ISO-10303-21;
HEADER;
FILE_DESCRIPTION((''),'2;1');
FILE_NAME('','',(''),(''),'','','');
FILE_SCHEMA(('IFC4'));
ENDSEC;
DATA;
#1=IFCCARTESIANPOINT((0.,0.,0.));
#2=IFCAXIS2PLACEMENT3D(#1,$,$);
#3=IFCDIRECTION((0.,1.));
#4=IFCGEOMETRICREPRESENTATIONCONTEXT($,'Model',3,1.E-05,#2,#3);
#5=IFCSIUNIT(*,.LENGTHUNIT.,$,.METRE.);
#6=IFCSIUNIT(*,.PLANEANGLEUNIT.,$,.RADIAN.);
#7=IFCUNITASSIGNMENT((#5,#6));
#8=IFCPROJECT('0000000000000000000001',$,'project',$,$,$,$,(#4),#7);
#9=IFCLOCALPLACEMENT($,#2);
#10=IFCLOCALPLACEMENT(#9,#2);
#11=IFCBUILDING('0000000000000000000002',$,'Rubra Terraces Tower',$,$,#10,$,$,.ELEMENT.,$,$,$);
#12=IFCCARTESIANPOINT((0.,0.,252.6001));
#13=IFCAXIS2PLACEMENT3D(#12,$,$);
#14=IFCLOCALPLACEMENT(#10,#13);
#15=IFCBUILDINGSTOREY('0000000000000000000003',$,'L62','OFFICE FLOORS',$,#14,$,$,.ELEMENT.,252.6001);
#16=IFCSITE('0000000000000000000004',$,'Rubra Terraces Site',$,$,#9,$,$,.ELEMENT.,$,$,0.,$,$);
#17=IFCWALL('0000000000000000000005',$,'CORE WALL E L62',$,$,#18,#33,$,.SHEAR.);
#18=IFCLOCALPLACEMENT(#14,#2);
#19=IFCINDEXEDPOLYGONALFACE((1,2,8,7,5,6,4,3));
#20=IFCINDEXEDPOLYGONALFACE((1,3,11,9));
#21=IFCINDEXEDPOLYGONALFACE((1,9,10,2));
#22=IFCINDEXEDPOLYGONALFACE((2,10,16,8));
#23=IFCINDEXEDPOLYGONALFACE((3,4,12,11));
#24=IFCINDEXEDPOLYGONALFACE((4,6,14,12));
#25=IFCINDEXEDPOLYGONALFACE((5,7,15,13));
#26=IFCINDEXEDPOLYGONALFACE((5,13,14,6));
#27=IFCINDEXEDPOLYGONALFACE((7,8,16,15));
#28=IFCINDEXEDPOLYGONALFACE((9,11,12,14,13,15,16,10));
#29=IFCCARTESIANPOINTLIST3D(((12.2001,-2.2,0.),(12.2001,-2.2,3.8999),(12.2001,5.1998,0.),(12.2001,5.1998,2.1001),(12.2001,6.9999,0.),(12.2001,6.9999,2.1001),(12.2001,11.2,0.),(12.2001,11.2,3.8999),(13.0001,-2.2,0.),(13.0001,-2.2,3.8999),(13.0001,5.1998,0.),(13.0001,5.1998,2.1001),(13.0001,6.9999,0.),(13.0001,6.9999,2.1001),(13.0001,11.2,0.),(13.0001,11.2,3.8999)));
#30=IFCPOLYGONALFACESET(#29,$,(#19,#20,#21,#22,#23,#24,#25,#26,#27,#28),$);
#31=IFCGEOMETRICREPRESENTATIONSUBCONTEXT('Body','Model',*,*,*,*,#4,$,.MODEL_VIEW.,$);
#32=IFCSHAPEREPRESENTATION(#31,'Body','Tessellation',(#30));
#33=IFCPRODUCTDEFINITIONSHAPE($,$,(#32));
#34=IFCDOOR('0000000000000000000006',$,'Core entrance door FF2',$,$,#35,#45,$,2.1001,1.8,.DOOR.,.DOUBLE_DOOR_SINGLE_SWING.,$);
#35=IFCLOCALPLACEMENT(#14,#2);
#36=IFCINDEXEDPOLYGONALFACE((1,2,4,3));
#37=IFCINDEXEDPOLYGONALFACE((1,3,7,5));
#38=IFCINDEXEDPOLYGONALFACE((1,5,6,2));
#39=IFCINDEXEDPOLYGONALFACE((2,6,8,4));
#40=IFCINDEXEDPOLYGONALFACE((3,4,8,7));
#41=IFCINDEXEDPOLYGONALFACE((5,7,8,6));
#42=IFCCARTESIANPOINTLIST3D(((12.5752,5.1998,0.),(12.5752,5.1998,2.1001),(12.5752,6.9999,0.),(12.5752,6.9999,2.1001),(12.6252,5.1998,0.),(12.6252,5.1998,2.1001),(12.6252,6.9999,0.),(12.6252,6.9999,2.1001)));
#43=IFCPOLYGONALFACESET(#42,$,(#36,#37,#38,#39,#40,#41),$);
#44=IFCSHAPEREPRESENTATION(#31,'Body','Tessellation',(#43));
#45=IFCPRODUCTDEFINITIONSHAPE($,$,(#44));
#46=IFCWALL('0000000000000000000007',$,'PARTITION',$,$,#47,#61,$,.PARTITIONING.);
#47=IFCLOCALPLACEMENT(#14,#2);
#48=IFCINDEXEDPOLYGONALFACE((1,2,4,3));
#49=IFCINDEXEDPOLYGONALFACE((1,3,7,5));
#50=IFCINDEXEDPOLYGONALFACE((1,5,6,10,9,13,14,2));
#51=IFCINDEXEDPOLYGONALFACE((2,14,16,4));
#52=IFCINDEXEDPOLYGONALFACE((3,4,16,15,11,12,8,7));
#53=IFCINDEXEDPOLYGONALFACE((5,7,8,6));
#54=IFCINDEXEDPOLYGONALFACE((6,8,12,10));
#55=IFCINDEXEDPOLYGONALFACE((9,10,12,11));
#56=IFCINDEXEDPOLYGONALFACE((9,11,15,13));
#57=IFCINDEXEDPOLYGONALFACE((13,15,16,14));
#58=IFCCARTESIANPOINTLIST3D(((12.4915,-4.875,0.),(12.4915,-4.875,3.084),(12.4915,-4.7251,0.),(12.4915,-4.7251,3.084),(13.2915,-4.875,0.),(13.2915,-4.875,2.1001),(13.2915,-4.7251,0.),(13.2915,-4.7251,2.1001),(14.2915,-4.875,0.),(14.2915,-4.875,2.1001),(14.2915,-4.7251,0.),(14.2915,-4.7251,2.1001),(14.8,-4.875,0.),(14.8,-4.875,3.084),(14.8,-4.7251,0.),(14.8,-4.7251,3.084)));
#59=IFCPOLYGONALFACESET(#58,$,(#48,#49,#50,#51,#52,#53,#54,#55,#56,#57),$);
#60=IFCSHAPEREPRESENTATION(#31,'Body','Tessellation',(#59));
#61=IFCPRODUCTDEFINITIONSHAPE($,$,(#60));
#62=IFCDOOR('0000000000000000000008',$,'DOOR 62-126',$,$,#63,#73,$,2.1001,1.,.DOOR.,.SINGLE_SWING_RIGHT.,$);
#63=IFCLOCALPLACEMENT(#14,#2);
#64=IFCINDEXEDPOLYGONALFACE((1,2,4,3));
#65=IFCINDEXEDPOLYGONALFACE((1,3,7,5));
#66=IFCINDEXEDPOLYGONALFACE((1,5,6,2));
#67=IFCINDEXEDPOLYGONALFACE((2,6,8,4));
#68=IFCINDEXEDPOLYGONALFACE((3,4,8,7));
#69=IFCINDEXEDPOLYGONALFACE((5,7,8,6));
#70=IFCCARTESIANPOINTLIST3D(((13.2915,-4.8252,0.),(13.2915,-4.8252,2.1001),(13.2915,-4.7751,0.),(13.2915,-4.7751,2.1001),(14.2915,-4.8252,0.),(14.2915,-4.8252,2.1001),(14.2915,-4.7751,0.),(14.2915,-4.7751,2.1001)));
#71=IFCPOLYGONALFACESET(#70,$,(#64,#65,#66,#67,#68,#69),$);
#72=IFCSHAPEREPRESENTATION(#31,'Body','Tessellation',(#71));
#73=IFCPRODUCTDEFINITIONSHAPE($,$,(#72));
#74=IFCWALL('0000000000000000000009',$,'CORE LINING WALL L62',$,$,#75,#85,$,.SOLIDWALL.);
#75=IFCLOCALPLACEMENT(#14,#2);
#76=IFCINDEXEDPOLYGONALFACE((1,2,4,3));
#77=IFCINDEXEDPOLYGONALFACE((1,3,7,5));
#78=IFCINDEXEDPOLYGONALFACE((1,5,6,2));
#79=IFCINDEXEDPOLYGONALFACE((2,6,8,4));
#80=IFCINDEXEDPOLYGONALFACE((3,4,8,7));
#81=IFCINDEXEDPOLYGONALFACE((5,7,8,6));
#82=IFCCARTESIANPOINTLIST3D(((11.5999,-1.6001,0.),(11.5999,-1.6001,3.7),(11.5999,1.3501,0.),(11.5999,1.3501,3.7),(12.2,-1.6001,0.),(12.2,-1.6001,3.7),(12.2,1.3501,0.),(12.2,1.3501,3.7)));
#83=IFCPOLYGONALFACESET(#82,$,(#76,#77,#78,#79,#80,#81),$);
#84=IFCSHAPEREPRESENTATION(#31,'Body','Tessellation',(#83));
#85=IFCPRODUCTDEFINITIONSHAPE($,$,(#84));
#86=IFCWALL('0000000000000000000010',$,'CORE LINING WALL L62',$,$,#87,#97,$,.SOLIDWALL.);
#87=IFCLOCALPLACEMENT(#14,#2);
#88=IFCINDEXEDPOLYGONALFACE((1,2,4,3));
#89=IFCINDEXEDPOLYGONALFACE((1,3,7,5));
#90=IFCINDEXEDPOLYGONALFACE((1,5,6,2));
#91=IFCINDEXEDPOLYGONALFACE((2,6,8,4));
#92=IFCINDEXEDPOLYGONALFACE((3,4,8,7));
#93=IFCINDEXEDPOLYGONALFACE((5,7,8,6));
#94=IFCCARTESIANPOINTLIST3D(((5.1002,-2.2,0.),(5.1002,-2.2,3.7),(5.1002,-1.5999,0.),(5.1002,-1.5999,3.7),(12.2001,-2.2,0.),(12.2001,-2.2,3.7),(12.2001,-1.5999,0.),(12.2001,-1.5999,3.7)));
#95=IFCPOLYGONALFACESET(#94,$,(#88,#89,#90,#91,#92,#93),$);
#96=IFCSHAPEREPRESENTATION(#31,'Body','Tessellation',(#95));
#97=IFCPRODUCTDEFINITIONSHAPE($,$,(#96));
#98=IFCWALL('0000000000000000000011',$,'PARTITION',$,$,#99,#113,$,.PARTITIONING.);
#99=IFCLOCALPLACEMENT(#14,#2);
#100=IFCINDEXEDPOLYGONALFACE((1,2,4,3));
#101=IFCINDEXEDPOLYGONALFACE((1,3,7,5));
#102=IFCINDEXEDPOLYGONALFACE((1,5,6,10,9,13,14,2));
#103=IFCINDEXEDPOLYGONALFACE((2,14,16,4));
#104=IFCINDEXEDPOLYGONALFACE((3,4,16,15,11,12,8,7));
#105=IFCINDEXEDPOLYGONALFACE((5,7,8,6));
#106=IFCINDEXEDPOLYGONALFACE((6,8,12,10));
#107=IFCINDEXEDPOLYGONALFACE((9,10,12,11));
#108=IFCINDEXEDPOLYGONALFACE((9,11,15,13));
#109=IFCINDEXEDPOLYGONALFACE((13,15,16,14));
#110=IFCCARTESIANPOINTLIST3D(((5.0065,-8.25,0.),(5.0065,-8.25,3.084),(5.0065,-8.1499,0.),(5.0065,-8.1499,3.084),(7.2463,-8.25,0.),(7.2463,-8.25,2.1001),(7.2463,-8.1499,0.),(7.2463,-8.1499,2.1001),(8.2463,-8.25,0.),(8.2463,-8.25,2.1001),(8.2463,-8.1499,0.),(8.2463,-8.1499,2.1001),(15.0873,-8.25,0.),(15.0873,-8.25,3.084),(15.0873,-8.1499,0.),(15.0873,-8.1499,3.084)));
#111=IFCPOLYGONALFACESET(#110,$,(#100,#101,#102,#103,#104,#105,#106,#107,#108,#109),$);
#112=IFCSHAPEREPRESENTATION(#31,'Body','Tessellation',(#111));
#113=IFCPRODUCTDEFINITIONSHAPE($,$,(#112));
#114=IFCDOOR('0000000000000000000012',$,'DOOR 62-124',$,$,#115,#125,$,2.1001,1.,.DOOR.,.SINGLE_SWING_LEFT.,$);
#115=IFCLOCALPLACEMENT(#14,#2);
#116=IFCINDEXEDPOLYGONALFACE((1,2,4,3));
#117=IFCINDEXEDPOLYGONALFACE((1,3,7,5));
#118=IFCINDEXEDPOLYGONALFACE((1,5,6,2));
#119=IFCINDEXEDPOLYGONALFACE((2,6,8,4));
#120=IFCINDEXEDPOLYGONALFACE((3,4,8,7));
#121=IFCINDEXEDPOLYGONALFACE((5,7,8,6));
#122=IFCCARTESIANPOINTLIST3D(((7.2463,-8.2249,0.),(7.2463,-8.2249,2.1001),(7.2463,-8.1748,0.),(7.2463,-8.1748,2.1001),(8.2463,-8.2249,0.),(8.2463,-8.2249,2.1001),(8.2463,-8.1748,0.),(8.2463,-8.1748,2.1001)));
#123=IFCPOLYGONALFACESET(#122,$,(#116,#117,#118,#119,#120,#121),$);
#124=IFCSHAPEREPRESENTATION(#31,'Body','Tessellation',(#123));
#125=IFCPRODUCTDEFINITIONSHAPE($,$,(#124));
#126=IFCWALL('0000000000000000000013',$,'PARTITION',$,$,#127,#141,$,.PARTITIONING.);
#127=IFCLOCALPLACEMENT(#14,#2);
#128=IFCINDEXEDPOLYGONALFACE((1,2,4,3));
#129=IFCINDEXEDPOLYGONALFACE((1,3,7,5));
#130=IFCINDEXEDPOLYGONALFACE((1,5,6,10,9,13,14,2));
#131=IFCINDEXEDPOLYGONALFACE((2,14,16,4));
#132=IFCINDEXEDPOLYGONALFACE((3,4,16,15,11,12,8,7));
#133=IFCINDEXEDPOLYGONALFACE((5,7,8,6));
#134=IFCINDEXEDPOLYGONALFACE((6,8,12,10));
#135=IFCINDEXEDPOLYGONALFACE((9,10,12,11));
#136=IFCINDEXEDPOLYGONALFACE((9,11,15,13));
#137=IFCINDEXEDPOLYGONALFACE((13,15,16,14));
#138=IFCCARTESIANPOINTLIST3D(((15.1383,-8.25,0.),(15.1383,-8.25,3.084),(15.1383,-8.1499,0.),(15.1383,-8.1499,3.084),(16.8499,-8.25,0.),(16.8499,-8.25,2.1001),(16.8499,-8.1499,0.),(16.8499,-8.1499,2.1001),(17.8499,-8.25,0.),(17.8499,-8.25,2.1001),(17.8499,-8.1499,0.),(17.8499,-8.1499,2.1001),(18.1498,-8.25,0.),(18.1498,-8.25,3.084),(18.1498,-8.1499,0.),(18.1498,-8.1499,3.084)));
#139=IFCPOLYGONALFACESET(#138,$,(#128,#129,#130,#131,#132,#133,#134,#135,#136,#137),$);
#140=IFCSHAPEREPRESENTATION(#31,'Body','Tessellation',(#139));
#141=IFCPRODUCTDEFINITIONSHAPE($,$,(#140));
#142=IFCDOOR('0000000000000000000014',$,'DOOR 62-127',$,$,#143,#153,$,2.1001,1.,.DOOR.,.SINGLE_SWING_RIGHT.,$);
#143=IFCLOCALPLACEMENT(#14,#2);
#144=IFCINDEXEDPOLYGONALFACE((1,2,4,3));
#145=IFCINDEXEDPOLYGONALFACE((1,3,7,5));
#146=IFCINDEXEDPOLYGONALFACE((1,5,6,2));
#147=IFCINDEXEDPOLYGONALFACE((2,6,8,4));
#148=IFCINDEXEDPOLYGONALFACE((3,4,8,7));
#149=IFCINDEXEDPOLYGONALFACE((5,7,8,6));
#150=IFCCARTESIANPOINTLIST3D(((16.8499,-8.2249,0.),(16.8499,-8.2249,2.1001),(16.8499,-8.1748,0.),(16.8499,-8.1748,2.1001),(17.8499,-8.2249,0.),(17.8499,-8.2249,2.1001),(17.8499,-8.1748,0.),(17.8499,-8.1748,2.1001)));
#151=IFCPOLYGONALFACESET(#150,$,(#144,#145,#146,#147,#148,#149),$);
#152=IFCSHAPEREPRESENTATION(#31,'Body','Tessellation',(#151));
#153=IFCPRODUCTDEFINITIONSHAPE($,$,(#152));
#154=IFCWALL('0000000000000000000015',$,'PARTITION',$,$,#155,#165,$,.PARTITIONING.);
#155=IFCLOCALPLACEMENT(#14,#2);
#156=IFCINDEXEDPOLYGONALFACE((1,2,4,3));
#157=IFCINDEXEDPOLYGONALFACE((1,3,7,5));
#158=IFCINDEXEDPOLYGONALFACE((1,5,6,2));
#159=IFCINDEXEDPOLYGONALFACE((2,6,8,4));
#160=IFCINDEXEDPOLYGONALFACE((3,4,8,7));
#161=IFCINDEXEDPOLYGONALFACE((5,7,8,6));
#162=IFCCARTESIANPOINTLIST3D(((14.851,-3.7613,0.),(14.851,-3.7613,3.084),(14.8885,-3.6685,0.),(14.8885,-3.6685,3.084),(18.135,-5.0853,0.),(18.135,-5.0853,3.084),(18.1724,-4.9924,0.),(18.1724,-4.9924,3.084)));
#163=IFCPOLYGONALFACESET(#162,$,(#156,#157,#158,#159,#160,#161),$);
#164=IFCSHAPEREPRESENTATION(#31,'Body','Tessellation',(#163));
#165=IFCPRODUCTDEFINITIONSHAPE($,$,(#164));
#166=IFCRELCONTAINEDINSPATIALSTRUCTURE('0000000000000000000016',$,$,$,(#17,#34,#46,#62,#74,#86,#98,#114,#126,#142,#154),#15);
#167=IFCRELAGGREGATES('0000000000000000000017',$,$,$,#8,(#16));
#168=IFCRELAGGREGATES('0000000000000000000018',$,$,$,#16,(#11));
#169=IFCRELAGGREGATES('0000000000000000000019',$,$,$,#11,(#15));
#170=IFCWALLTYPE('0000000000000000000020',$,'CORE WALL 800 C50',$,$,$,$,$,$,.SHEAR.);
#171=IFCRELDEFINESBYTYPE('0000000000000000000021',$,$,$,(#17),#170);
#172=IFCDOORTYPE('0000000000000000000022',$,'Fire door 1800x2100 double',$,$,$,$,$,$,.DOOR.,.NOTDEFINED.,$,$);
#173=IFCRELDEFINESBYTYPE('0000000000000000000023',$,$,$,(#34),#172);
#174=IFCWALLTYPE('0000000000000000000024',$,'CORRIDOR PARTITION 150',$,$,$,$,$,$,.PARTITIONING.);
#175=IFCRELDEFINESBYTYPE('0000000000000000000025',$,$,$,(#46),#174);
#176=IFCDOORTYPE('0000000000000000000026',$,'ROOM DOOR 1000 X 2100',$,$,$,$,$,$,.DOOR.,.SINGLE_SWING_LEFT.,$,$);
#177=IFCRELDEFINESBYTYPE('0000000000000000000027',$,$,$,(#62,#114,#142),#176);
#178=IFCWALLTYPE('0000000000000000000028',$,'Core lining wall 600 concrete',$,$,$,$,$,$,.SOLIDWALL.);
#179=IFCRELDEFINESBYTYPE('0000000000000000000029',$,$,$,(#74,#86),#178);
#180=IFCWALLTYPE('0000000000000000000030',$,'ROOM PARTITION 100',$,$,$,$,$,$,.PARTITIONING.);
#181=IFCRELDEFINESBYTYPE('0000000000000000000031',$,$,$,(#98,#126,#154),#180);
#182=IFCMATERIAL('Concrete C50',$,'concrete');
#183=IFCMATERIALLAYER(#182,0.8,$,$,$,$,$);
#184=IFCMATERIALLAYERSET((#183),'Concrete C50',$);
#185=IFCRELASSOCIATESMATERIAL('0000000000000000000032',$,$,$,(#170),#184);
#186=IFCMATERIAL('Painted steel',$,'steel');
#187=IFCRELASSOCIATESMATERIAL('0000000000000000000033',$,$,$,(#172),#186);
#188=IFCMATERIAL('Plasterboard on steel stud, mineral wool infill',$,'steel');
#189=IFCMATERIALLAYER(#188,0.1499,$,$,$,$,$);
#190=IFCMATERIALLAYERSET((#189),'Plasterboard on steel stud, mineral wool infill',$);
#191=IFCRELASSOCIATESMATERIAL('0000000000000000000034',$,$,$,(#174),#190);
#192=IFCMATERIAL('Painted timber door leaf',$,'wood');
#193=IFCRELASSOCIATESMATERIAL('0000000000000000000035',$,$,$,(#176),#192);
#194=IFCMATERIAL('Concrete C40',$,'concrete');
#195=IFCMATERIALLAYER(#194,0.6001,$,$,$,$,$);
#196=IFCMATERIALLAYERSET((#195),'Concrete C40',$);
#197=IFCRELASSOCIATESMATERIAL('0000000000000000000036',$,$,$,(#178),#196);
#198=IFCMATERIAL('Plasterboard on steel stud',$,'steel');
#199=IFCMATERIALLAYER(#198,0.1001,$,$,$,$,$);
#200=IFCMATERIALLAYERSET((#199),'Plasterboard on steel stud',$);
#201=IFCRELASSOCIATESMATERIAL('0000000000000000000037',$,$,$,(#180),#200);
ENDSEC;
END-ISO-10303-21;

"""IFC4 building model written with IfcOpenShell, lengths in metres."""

from ifc_helpers import new_model, si_unit, direction, frame, frame_2d, origin, place, context, subcontext, project, spatial, rectangle, extrude, material, layer, layer_set, type_object, element, fill, save


model = new_model("IFC4")

# Units and contexts
model_context = context("Model", 3, precision=1e-05, world=origin(), true_north=direction((0.0, 1.0)))
body_context = subcontext(model_context, "Body", "Model", "MODEL_VIEW")
ifc_project = project(units=[si_unit("LENGTHUNIT", "METRE"), si_unit("PLANEANGLEUNIT", "RADIAN")], contexts=[model_context])

# Site, building, storey
site_placement = place(None, origin())
site = spatial("IfcSite", under=ifc_project, at=site_placement, Name="Rubra Terraces Site", CompositionType="ELEMENT", RefElevation=0.0)
building_placement = place(site_placement, origin())
building = spatial("IfcBuilding", under=site, at=building_placement, Name="Rubra Terraces Tower", CompositionType="ELEMENT")
storey_placement = place(building_placement, frame((0.0, 0.0, 252.6001)))
storey = spatial("IfcBuildingStorey", under=building, at=storey_placement, Name="L62", Description="OFFICE FLOORS", CompositionType="ELEMENT", Elevation=252.6001)

# Walls, openings, doors
ifc_material_1 = material(Name="Concrete C50", Category="concrete")
ifc_layer_1 = layer(ifc_material_1, 0.8)
ifc_layer_set_1 = layer_set([ifc_layer_1], Name="Concrete C50")
wall_type_1 = type_object("IfcWallType", Name="CORE WALL 800 C50", PredefinedType="SHEAR", material=ifc_layer_set_1)
wall_1_placement = place(storey_placement, frame((12.6001, -2.2, 0.0), z_axis=(0.0, 0.0, 1.0), x_axis=(0.0, 1.0, 0.0)))
wall_1 = element("IfcWall", 1, at=wall_1_placement, inside=storey, type_object=wall_type_1, Name="CORE WALL E L62", PredefinedType="SHEAR", context=body_context, shape_type="SweptSolid", body=[
    extrude(rectangle(XDim=13.3999, YDim=0.8, at=frame_2d((6.7, 0.0))), origin(), (0.0, 0.0, 1.0), 3.8999),
])
opening_1_placement = place(wall_1_placement, frame((7.3999, 0.0, 0.0)))
opening_1 = element("IfcOpeningElement", 2, at=opening_1_placement, cuts=wall_1, PredefinedType="OPENING", context=body_context, shape_type="SweptSolid", body=[
    extrude(rectangle(XDim=1.8, YDim=2.1001, at=frame_2d((0.8999, 1.05))), frame((0.0, 0.4099, 0.0), z_axis=(0.0, -1.0, 0.0), x_axis=(1.0, 0.0, 0.0)), (0.0, 0.0, 1.0), 0.8201),
])
ifc_material_2 = material(Name="Painted steel", Category="steel")
door_type_1 = type_object("IfcDoorType", Name="Fire door 1800x2100 double", OperationType="NOTDEFINED", PredefinedType="DOOR", material=ifc_material_2)
door_1_placement = place(opening_1_placement, origin())
door_1 = element("IfcDoor", 3, at=door_1_placement, inside=storey, type_object=door_type_1, Name="Core entrance door FF2", OperationType="DOUBLE_DOOR_SINGLE_SWING", OverallHeight=2.1001, OverallWidth=1.8, PredefinedType="DOOR", context=body_context, shape_type="SweptSolid", body=[
    extrude(rectangle(XDim=1.8, YDim=2.1001, at=frame_2d((0.8999, 1.05))), frame((0.0, 0.0249, 0.0), z_axis=(0.0, -1.0, 0.0), x_axis=(1.0, 0.0, 0.0)), (0.0, 0.0, 1.0), 0.05),
])
fill(opening_1, door_1)
ifc_material_3 = material(Name="Plasterboard on steel stud, mineral wool infill", Category="steel")
ifc_layer_2 = layer(ifc_material_3, 0.1499)
ifc_layer_set_2 = layer_set([ifc_layer_2], Name="Plasterboard on steel stud, mineral wool infill")
wall_type_2 = type_object("IfcWallType", Name="CORRIDOR PARTITION 150", PredefinedType="PARTITIONING", material=ifc_layer_set_2)
wall_2_placement = place(storey_placement, frame((12.4915, -4.8, 0.0), z_axis=(0.0, 0.0, 1.0), x_axis=(1.0, 0.0, 0.0)))
wall_2 = element("IfcWall", 4, at=wall_2_placement, inside=storey, type_object=wall_type_2, Name="PARTITION", PredefinedType="PARTITIONING", context=body_context, shape_type="SweptSolid", body=[
    extrude(rectangle(XDim=2.3086, YDim=0.1499, at=frame_2d((1.1543, 0.0))), origin(), (0.0, 0.0, 1.0), 3.084),
])
opening_2_placement = place(wall_2_placement, frame((0.8, 0.0, 0.0)))
opening_2 = element("IfcOpeningElement", 5, at=opening_2_placement, cuts=wall_2, PredefinedType="OPENING", context=body_context, shape_type="SweptSolid", body=[
    extrude(rectangle(XDim=1.0, YDim=2.1001, at=frame_2d((0.5, 1.05))), frame((0.0, 0.085, 0.0), z_axis=(0.0, -1.0, 0.0), x_axis=(1.0, 0.0, 0.0)), (0.0, 0.0, 1.0), 0.1699),
])
ifc_material_4 = material(Name="Painted timber door leaf", Category="wood")
door_type_2 = type_object("IfcDoorType", Name="ROOM DOOR 1000 X 2100", OperationType="SINGLE_SWING_LEFT", PredefinedType="DOOR", material=ifc_material_4)
door_2_placement = place(opening_2_placement, origin())
door_2 = element("IfcDoor", 6, at=door_2_placement, inside=storey, type_object=door_type_2, Name="DOOR 62-126", OperationType="SINGLE_SWING_RIGHT", OverallHeight=2.1001, OverallWidth=1.0, PredefinedType="DOOR", context=body_context, shape_type="SweptSolid", body=[
    extrude(rectangle(XDim=1.0, YDim=2.1001, at=frame_2d((0.5, 1.05))), frame((0.0, 0.0249, 0.0), z_axis=(0.0, -1.0, 0.0), x_axis=(1.0, 0.0, 0.0)), (0.0, 0.0, 1.0), 0.05),
])
fill(opening_2, door_2)

# Walls
ifc_material_5 = material(Name="Concrete C40", Category="concrete")
ifc_layer_3 = layer(ifc_material_5, 0.6001)
ifc_layer_set_3 = layer_set([ifc_layer_3], Name="Concrete C40")
wall_type_3 = type_object("IfcWallType", Name="Core lining wall 600 concrete", PredefinedType="SOLIDWALL", material=ifc_layer_set_3)
wall_3_placement = place(storey_placement, frame((11.8999, 1.3501, 0.0), z_axis=(0.0, 0.0, 1.0), x_axis=(0.0, -1.0, 0.0)))
element("IfcWall", 7, at=wall_3_placement, inside=storey, type_object=wall_type_3, Name="CORE LINING WALL L62", PredefinedType="SOLIDWALL", context=body_context, shape_type="SweptSolid", body=[
    extrude(rectangle(XDim=2.9502, YDim=0.6001, at=frame_2d((1.4751, 0.0))), origin(), (0.0, 0.0, 1.0), 3.7),
])
wall_4_placement = place(storey_placement, frame((12.2, -1.8999, 0.0), z_axis=(0.0, 0.0, 1.0), x_axis=(-1.0, 0.0, 0.0)))
element("IfcWall", 8, at=wall_4_placement, inside=storey, type_object=wall_type_3, Name="CORE LINING WALL L62", PredefinedType="SOLIDWALL", context=body_context, shape_type="SweptSolid", body=[
    extrude(rectangle(XDim=7.0999, YDim=0.6001, at=frame_2d((3.5498, 0.0))), origin(), (0.0, 0.0, 1.0), 3.7),
])

# Walls, openings, doors
ifc_material_6 = material(Name="Plasterboard on steel stud", Category="steel")
ifc_layer_4 = layer(ifc_material_6, 0.1001)
ifc_layer_set_4 = layer_set([ifc_layer_4], Name="Plasterboard on steel stud")
wall_type_4 = type_object("IfcWallType", Name="ROOM PARTITION 100", PredefinedType="PARTITIONING", material=ifc_layer_set_4)
wall_5_placement = place(storey_placement, frame((15.0874, -8.2, 0.0), z_axis=(0.0, 0.0, 1.0), x_axis=(-1.0, 0.0, 0.0)))
wall_5 = element("IfcWall", 9, at=wall_5_placement, inside=storey, type_object=wall_type_4, Name="PARTITION", PredefinedType="PARTITIONING", context=body_context, shape_type="SweptSolid", body=[
    extrude(rectangle(XDim=10.0808, YDim=0.1001, at=frame_2d((5.0405, 0.0))), origin(), (0.0, 0.0, 1.0), 3.084),
])
opening_3_placement = place(wall_5_placement, frame((6.8411, 0.0, 0.0)))
opening_3 = element("IfcOpeningElement", 10, at=opening_3_placement, cuts=wall_5, PredefinedType="OPENING", context=body_context, shape_type="SweptSolid", body=[
    extrude(rectangle(XDim=1.0, YDim=2.1001, at=frame_2d((0.5, 1.05))), frame((0.0, 0.0601, 0.0), z_axis=(0.0, -1.0, 0.0), x_axis=(1.0, 0.0, 0.0)), (0.0, 0.0, 1.0), 0.1201),
])
door_3_placement = place(opening_3_placement, origin())
door_3 = element("IfcDoor", 11, at=door_3_placement, inside=storey, type_object=door_type_2, Name="DOOR 62-124", OperationType="SINGLE_SWING_LEFT", OverallHeight=2.1001, OverallWidth=1.0, PredefinedType="DOOR", context=body_context, shape_type="SweptSolid", body=[
    extrude(rectangle(XDim=1.0, YDim=2.1001, at=frame_2d((0.5, 1.05))), frame((0.0, 0.0249, 0.0), z_axis=(0.0, -1.0, 0.0), x_axis=(1.0, 0.0, 0.0)), (0.0, 0.0, 1.0), 0.05),
])
fill(opening_3, door_3)
wall_6_placement = place(storey_placement, frame((18.1499, -8.2, 0.0), z_axis=(0.0, 0.0, 1.0), x_axis=(-1.0, 0.0, 0.0)))
wall_6 = element("IfcWall", 12, at=wall_6_placement, inside=storey, type_object=wall_type_4, Name="PARTITION", PredefinedType="PARTITIONING", context=body_context, shape_type="SweptSolid", body=[
    extrude(rectangle(XDim=3.0115, YDim=0.1001, at=frame_2d((1.5059, 0.0))), origin(), (0.0, 0.0, 1.0), 3.084),
])
opening_4_placement = place(wall_6_placement, frame((0.3, 0.0, 0.0)))
opening_4 = element("IfcOpeningElement", 13, at=opening_4_placement, cuts=wall_6, PredefinedType="OPENING", context=body_context, shape_type="SweptSolid", body=[
    extrude(rectangle(XDim=1.0, YDim=2.1001, at=frame_2d((0.5, 1.05))), frame((0.0, 0.0601, 0.0), z_axis=(0.0, -1.0, 0.0), x_axis=(1.0, 0.0, 0.0)), (0.0, 0.0, 1.0), 0.1201),
])
door_4_placement = place(opening_4_placement, origin())
door_4 = element("IfcDoor", 14, at=door_4_placement, inside=storey, type_object=door_type_2, Name="DOOR 62-127", OperationType="SINGLE_SWING_RIGHT", OverallHeight=2.1001, OverallWidth=1.0, PredefinedType="DOOR", context=body_context, shape_type="SweptSolid", body=[
    extrude(rectangle(XDim=1.0, YDim=2.1001, at=frame_2d((0.5, 1.05))), frame((0.0, 0.0249, 0.0), z_axis=(0.0, -1.0, 0.0), x_axis=(1.0, 0.0, 0.0)), (0.0, 0.0, 1.0), 0.05),
])
fill(opening_4, door_4)

# Wall
wall_7_placement = place(storey_placement, frame((14.8696, -3.7148, 0.0), z_axis=(0.0, 0.0, 1.0), x_axis=(0.92746, -0.373921, 0.0)))
element("IfcWall", 15, at=wall_7_placement, inside=storey, type_object=wall_type_4, Name="PARTITION", PredefinedType="PARTITIONING", context=body_context, shape_type="SweptSolid", body=[
    extrude(rectangle(XDim=3.5408, YDim=0.1001, at=frame_2d((1.7705, 0.0))), origin(), (0.0, 0.0, 1.0), 3.084),
])

save(model, "model.ifc")
